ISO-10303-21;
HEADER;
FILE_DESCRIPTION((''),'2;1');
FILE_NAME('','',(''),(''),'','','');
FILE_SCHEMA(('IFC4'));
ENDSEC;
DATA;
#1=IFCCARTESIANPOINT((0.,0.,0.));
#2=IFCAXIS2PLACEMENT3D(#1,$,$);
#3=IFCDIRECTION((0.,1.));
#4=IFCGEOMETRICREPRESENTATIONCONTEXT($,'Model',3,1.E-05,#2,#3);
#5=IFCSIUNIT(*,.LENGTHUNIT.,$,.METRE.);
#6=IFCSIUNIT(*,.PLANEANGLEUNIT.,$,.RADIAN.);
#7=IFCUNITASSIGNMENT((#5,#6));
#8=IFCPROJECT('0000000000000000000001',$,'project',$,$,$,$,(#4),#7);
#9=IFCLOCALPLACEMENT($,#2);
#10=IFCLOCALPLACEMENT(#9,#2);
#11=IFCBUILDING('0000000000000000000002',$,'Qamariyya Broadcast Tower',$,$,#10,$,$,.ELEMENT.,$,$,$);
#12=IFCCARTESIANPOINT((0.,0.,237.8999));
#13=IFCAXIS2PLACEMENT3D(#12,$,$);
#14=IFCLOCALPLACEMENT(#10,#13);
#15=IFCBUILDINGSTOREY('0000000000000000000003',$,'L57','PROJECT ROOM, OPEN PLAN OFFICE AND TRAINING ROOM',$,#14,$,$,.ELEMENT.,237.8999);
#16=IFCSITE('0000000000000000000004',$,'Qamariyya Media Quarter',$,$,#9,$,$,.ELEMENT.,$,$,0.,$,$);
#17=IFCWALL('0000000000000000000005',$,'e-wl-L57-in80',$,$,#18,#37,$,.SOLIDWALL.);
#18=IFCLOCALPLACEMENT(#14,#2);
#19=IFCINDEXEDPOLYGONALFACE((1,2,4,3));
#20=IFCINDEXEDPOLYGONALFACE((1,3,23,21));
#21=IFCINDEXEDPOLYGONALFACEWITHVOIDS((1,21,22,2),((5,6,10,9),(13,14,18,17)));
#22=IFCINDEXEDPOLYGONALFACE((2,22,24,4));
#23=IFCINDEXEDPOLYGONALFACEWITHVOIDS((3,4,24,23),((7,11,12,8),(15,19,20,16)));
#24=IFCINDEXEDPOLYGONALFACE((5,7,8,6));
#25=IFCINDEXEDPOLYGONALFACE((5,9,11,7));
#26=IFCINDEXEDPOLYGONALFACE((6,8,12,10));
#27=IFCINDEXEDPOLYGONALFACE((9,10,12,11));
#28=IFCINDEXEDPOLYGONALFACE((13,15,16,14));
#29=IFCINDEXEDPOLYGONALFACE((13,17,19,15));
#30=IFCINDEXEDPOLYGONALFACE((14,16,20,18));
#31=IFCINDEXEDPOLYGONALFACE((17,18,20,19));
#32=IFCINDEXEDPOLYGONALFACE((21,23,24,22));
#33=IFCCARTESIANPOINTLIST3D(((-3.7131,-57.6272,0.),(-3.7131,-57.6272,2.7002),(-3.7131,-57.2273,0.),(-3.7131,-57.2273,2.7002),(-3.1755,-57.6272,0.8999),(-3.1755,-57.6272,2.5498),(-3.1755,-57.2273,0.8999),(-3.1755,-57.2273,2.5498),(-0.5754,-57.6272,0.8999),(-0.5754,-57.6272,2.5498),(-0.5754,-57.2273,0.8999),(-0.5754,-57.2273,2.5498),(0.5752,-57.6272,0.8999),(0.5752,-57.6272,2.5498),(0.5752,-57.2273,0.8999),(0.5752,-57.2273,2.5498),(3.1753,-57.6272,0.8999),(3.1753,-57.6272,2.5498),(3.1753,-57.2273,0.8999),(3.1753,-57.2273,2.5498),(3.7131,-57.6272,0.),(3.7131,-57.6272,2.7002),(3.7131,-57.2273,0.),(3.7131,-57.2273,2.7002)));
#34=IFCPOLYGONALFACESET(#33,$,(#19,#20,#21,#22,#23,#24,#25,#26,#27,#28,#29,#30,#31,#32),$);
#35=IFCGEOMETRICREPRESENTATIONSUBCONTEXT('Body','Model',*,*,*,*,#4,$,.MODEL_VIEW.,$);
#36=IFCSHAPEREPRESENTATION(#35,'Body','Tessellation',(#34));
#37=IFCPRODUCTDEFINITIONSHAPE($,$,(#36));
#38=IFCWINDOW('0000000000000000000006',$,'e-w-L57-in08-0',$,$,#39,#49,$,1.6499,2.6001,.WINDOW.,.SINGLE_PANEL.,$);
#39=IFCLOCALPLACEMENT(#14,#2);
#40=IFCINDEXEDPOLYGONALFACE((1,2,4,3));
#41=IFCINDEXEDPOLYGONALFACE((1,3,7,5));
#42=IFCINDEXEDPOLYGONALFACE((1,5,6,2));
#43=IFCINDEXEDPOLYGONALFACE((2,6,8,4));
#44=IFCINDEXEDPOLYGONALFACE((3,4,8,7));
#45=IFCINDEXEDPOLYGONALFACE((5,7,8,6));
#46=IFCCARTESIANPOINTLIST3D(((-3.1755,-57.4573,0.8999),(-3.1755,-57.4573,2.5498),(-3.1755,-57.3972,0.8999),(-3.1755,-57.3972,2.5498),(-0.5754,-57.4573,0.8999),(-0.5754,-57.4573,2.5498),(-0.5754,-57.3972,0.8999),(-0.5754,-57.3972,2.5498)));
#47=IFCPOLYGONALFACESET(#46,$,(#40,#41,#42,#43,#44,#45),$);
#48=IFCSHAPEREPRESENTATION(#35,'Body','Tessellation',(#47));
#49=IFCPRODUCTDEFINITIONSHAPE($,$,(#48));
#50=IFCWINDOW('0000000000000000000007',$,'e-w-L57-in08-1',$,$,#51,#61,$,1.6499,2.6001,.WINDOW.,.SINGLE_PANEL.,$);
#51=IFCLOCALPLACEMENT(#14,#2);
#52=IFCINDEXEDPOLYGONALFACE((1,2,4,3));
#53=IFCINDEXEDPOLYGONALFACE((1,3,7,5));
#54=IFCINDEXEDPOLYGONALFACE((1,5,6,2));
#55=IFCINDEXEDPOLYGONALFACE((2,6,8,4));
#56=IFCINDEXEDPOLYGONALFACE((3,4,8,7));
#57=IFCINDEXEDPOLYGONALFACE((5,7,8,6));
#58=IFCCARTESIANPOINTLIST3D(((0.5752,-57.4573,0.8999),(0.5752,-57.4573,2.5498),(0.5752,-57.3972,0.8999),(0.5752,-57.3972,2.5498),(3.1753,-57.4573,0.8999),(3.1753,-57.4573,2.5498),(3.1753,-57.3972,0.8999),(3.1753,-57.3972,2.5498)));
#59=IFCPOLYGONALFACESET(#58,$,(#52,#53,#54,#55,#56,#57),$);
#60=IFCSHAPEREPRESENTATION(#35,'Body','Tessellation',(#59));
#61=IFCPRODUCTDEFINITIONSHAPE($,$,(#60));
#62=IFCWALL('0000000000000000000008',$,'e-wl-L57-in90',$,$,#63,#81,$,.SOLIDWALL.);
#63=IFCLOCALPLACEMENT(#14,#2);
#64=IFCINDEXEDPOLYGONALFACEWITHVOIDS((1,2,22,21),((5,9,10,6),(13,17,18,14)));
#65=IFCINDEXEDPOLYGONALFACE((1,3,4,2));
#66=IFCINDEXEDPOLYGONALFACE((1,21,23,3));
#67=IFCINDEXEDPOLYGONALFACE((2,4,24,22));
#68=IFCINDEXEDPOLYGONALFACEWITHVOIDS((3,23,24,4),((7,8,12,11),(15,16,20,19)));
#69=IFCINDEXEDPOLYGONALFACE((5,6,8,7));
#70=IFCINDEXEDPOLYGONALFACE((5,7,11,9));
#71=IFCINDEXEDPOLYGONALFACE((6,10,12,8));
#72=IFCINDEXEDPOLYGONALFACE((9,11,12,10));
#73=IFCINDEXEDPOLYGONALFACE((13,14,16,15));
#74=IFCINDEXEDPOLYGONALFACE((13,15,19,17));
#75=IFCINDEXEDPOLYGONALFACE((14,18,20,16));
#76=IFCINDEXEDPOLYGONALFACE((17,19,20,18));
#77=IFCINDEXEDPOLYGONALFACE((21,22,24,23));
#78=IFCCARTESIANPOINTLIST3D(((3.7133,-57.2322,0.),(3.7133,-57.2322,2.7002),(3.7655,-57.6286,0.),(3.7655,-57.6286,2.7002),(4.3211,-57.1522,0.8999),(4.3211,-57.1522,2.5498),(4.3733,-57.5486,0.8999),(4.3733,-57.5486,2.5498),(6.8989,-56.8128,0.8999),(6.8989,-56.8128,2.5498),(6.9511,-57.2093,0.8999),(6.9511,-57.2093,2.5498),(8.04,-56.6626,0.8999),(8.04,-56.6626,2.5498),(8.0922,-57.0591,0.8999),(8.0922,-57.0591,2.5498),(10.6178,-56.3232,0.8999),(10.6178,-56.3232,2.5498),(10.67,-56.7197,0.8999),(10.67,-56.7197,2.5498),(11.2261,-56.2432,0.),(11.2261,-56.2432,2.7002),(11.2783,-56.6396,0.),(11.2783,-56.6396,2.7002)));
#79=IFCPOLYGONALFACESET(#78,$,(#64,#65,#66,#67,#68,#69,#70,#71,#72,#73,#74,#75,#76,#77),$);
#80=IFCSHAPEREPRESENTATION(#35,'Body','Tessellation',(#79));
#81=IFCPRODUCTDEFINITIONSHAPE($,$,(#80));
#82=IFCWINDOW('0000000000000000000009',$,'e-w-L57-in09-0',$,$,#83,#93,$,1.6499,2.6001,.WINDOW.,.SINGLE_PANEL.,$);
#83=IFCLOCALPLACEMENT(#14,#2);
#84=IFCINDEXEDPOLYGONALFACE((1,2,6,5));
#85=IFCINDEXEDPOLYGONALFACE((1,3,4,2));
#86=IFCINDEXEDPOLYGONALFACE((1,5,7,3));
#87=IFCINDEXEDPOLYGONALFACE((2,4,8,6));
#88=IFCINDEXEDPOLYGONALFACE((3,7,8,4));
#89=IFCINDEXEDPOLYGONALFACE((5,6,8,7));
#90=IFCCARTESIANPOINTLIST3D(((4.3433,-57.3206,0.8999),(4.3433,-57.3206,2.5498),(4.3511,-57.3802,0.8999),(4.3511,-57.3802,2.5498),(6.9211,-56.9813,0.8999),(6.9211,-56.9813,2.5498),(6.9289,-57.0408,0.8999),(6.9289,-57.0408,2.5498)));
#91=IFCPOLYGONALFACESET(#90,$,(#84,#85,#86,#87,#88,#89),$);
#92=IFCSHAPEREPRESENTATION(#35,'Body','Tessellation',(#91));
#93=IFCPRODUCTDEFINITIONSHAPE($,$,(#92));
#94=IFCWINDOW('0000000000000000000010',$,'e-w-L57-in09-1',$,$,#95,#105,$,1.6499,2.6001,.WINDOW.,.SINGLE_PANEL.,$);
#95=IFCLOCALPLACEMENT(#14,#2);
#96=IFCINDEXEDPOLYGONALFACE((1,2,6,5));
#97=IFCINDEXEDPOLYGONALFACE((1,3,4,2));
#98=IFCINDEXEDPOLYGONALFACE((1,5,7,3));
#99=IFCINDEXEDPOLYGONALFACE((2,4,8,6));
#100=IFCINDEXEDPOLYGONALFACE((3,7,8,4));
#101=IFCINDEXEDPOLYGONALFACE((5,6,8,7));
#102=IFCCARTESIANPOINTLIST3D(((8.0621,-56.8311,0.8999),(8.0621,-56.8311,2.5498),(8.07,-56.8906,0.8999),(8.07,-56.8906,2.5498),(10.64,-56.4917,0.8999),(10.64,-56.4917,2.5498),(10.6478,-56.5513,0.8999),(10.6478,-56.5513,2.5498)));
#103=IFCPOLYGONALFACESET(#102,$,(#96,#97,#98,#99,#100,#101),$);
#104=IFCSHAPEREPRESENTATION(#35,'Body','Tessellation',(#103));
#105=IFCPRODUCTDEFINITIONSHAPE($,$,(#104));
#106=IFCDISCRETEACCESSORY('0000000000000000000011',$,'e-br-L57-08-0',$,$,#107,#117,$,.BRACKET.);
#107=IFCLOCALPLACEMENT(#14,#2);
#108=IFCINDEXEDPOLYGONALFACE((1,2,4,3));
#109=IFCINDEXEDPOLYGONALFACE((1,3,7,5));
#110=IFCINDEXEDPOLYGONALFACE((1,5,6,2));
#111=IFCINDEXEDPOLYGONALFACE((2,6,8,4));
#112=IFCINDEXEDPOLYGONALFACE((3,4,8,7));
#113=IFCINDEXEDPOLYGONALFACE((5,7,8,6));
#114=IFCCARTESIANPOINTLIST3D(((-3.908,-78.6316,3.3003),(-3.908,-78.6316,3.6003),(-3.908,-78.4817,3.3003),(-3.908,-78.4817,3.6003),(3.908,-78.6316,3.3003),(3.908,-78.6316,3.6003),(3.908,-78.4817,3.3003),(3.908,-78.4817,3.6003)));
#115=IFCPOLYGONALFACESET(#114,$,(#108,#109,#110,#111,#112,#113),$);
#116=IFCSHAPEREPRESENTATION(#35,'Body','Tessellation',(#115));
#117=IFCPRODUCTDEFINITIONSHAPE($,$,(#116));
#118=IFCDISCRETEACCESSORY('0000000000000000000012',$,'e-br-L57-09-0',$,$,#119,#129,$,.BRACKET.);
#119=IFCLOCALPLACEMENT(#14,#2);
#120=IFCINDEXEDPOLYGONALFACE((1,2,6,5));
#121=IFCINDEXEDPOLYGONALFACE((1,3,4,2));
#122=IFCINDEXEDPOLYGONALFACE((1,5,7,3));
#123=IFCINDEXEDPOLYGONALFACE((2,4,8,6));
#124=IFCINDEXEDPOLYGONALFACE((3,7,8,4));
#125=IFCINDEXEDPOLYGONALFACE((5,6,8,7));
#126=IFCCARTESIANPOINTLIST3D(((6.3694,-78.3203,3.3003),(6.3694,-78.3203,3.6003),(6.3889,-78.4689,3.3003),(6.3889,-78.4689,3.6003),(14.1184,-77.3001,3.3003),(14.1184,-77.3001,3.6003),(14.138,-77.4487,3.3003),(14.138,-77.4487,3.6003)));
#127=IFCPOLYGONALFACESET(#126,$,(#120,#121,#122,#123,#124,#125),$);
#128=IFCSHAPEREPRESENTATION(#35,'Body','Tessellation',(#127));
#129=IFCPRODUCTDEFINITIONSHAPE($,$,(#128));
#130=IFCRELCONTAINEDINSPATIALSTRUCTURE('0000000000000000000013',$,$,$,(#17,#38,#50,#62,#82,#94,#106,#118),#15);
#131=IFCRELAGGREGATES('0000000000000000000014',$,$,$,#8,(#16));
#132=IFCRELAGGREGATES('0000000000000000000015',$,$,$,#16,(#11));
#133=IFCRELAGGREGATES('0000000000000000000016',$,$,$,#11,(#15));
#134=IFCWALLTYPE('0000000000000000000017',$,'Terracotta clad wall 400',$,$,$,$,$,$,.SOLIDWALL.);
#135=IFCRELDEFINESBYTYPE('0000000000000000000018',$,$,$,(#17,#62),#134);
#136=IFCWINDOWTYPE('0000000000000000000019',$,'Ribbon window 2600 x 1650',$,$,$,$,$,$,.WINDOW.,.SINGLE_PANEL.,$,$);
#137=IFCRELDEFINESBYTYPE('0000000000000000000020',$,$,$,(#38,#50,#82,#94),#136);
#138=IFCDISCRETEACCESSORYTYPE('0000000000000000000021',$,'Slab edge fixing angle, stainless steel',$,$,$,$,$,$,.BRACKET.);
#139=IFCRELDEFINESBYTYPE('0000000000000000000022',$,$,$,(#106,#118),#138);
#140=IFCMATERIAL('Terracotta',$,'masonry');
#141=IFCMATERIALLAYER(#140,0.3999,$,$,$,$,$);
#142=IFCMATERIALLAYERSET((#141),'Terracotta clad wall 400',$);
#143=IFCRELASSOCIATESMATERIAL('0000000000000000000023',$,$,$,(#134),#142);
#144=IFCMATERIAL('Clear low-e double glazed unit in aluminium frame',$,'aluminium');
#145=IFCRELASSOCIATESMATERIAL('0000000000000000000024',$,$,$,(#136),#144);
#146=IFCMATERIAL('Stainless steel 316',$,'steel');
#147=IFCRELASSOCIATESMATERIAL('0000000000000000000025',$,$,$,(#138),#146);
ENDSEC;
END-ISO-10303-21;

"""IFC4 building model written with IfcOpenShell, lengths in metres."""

from ifc_helpers import new_model, si_unit, direction, frame, frame_2d, origin, origin_2d, place, context, subcontext, project, spatial, rectangle, extrude, material, layer, layer_set, type_object, element, fill, save


model = new_model("IFC4")

# Units and contexts
model_context = context("Model", 3, precision=1e-05, world=origin(), true_north=direction((0.0, 1.0)))
body_context = subcontext(model_context, "Body", "Model", "MODEL_VIEW")
ifc_project = project(units=[si_unit("LENGTHUNIT", "METRE"), si_unit("PLANEANGLEUNIT", "RADIAN")], contexts=[model_context])

# Site, building, storey
site_placement = place(None, origin())
site = spatial("IfcSite", under=ifc_project, at=site_placement, Name="Qamariyya Media Quarter", CompositionType="ELEMENT", RefElevation=0.0)
building_placement = place(site_placement, origin())
building = spatial("IfcBuilding", under=site, at=building_placement, Name="Qamariyya Broadcast Tower", CompositionType="ELEMENT")
storey_placement = place(building_placement, frame((0.0, 0.0, 237.8999)))
storey = spatial("IfcBuildingStorey", under=building, at=storey_placement, Name="L57", Description="PROJECT ROOM, OPEN PLAN OFFICE AND TRAINING ROOM", CompositionType="ELEMENT", Elevation=237.8999)

# Walls, openings, windows
ifc_material_1 = material(Name="Terracotta", Category="masonry")
ifc_layer_1 = layer(ifc_material_1, 0.3999)
ifc_layer_set_1 = layer_set([ifc_layer_1], Name="Terracotta clad wall 400")
wall_type_1 = type_object("IfcWallType", Name="Terracotta clad wall 400", PredefinedType="SOLIDWALL", material=ifc_layer_set_1)
wall_1_placement = place(storey_placement, frame((3.7131, -57.4272, 0.0), z_axis=(0.0, 0.0, 1.0), x_axis=(-1.0, 0.0, 0.0)))
wall_1 = element("IfcWall", 1, at=wall_1_placement, inside=storey, type_object=wall_type_1, Name="e-wl-L57-in80", PredefinedType="SOLIDWALL", context=body_context, shape_type="SweptSolid", body=[
    extrude(rectangle(XDim=7.4263, YDim=0.3999, at=frame_2d((3.7131, 0.0))), origin(), (0.0, 0.0, 1.0), 2.7002),
])
opening_1_placement = place(wall_1_placement, frame((4.2886, 0.0, 0.8999)))
opening_1 = element("IfcOpeningElement", 2, at=opening_1_placement, cuts=wall_1, PredefinedType="OPENING", context=body_context, shape_type="SweptSolid", body=[
    extrude(rectangle(XDim=2.6001, YDim=1.6499, at=frame_2d((1.3, 0.825))), frame((0.0, 0.21, 0.0), z_axis=(0.0, -1.0, 0.0), x_axis=(1.0, 0.0, 0.0)), (0.0, 0.0, 1.0), 0.4199),
])
opening_2_placement = place(wall_1_placement, frame((0.5378, 0.0, 0.8999)))
opening_2 = element("IfcOpeningElement", 3, at=opening_2_placement, cuts=wall_1, PredefinedType="OPENING", context=body_context, shape_type="SweptSolid", body=[
    extrude(rectangle(XDim=2.6001, YDim=1.6499, at=frame_2d((1.3, 0.825))), frame((0.0, 0.21, 0.0), z_axis=(0.0, -1.0, 0.0), x_axis=(1.0, 0.0, 0.0)), (0.0, 0.0, 1.0), 0.4199),
])
ifc_material_2 = material(Name="Clear low-e double glazed unit in aluminium frame", Category="aluminium")
window_type = type_object("IfcWindowType", Name="Ribbon window 2600 x 1650", PartitioningType="SINGLE_PANEL", PredefinedType="WINDOW", material=ifc_material_2)
window_1_placement = place(opening_1_placement, origin())
window_1 = element("IfcWindow", 4, at=window_1_placement, inside=storey, type_object=window_type, Name="e-w-L57-in08-0", OverallHeight=1.6499, OverallWidth=2.6001, PartitioningType="SINGLE_PANEL", PredefinedType="WINDOW", context=body_context, shape_type="SweptSolid", body=[
    extrude(rectangle(XDim=2.6001, YDim=1.6499, at=frame_2d((1.3, 0.825))), frame((0.0, 0.03, 0.0), z_axis=(0.0, -1.0, 0.0), x_axis=(1.0, 0.0, 0.0)), (0.0, 0.0, 1.0), 0.0601),
])
fill(opening_1, window_1)
window_2_placement = place(opening_2_placement, origin())
window_2 = element("IfcWindow", 5, at=window_2_placement, inside=storey, type_object=window_type, Name="e-w-L57-in08-1", OverallHeight=1.6499, OverallWidth=2.6001, PartitioningType="SINGLE_PANEL", PredefinedType="WINDOW", context=body_context, shape_type="SweptSolid", body=[
    extrude(rectangle(XDim=2.6001, YDim=1.6499, at=frame_2d((1.3, 0.825))), frame((0.0, 0.03, 0.0), z_axis=(0.0, -1.0, 0.0), x_axis=(1.0, 0.0, 0.0)), (0.0, 0.0, 1.0), 0.0601),
])
fill(opening_2, window_2)
wall_2_placement = place(storey_placement, frame((11.2522, -56.4414, 0.0), z_axis=(0.0, 0.0, 1.0), x_axis=(-0.991446, -0.130515, 0.0)))
wall_2 = element("IfcWall", 6, at=wall_2_placement, inside=storey, type_object=wall_type_1, Name="e-wl-L57-in90", PredefinedType="SOLIDWALL", context=body_context, shape_type="SweptSolid", body=[
    extrude(rectangle(XDim=7.5776, YDim=0.3999, at=frame_2d((3.7888, 0.0))), origin(), (0.0, 0.0, 1.0), 2.7002),
])
opening_3_placement = place(wall_2_placement, frame((4.3645, 0.0, 0.8999)))
opening_3 = element("IfcOpeningElement", 7, at=opening_3_placement, cuts=wall_2, PredefinedType="OPENING", context=body_context, shape_type="SweptSolid", body=[
    extrude(rectangle(XDim=2.6001, YDim=1.6499, at=frame_2d((1.3, 0.825))), frame((0.0, 0.21, 0.0), z_axis=(0.0, -1.0, 0.0), x_axis=(1.0, 0.0, 0.0)), (0.0, 0.0, 1.0), 0.4199),
])
opening_4_placement = place(wall_2_placement, frame((0.6135, 0.0, 0.8999)))
opening_4 = element("IfcOpeningElement", 8, at=opening_4_placement, cuts=wall_2, PredefinedType="OPENING", context=body_context, shape_type="SweptSolid", body=[
    extrude(rectangle(XDim=2.6001, YDim=1.6499, at=frame_2d((1.3, 0.825))), frame((0.0, 0.21, 0.0), z_axis=(0.0, -1.0, 0.0), x_axis=(1.0, 0.0, 0.0)), (0.0, 0.0, 1.0), 0.4199),
])
window_3_placement = place(opening_3_placement, origin())
window_3 = element("IfcWindow", 9, at=window_3_placement, inside=storey, type_object=window_type, Name="e-w-L57-in09-0", OverallHeight=1.6499, OverallWidth=2.6001, PartitioningType="SINGLE_PANEL", PredefinedType="WINDOW", context=body_context, shape_type="SweptSolid", body=[
    extrude(rectangle(XDim=2.6001, YDim=1.6499, at=frame_2d((1.3, 0.825))), frame((0.0, 0.03, 0.0), z_axis=(0.0, -1.0, 0.0), x_axis=(1.0, 0.0, 0.0)), (0.0, 0.0, 1.0), 0.0601),
])
fill(opening_3, window_3)
window_4_placement = place(opening_4_placement, origin())
window_4 = element("IfcWindow", 10, at=window_4_placement, inside=storey, type_object=window_type, Name="e-w-L57-in09-1", OverallHeight=1.6499, OverallWidth=2.6001, PartitioningType="SINGLE_PANEL", PredefinedType="WINDOW", context=body_context, shape_type="SweptSolid", body=[
    extrude(rectangle(XDim=2.6001, YDim=1.6499, at=frame_2d((1.3, 0.825))), frame((0.0, 0.03, 0.0), z_axis=(0.0, -1.0, 0.0), x_axis=(1.0, 0.0, 0.0)), (0.0, 0.0, 1.0), 0.0601),
])
fill(opening_4, window_4)

# Discrete accessories
ifc_material_3 = material(Name="Stainless steel 316", Category="steel")
discrete_accessory_type = type_object("IfcDiscreteAccessoryType", Name="Slab edge fixing angle, stainless steel", PredefinedType="BRACKET", material=ifc_material_3)
for number, where, z_axis, x_axis, name in (
    (11, (0.0, -78.5566, 3.3003), (0.0, 0.0, 1.0), (1.0, 0.0, 0.0), "e-br-L57-08-0"),
    (12, (10.2537, -77.8845, 3.3003), (0.0, 0.0, 1.0), (0.991445, 0.130526, 0.0), "e-br-L57-09-0"),
):
    element("IfcDiscreteAccessory", number, at=place(storey_placement, frame(where, z_axis=z_axis, x_axis=x_axis)), inside=storey, type_object=discrete_accessory_type, Name=name, PredefinedType="BRACKET", context=body_context, shape_type="SweptSolid", body=[
        extrude(rectangle(XDim=7.8159, YDim=0.1499, at=origin_2d()), origin(), (0.0, 0.0, 1.0), 0.3),
    ])

save(model, "model.ifc")
